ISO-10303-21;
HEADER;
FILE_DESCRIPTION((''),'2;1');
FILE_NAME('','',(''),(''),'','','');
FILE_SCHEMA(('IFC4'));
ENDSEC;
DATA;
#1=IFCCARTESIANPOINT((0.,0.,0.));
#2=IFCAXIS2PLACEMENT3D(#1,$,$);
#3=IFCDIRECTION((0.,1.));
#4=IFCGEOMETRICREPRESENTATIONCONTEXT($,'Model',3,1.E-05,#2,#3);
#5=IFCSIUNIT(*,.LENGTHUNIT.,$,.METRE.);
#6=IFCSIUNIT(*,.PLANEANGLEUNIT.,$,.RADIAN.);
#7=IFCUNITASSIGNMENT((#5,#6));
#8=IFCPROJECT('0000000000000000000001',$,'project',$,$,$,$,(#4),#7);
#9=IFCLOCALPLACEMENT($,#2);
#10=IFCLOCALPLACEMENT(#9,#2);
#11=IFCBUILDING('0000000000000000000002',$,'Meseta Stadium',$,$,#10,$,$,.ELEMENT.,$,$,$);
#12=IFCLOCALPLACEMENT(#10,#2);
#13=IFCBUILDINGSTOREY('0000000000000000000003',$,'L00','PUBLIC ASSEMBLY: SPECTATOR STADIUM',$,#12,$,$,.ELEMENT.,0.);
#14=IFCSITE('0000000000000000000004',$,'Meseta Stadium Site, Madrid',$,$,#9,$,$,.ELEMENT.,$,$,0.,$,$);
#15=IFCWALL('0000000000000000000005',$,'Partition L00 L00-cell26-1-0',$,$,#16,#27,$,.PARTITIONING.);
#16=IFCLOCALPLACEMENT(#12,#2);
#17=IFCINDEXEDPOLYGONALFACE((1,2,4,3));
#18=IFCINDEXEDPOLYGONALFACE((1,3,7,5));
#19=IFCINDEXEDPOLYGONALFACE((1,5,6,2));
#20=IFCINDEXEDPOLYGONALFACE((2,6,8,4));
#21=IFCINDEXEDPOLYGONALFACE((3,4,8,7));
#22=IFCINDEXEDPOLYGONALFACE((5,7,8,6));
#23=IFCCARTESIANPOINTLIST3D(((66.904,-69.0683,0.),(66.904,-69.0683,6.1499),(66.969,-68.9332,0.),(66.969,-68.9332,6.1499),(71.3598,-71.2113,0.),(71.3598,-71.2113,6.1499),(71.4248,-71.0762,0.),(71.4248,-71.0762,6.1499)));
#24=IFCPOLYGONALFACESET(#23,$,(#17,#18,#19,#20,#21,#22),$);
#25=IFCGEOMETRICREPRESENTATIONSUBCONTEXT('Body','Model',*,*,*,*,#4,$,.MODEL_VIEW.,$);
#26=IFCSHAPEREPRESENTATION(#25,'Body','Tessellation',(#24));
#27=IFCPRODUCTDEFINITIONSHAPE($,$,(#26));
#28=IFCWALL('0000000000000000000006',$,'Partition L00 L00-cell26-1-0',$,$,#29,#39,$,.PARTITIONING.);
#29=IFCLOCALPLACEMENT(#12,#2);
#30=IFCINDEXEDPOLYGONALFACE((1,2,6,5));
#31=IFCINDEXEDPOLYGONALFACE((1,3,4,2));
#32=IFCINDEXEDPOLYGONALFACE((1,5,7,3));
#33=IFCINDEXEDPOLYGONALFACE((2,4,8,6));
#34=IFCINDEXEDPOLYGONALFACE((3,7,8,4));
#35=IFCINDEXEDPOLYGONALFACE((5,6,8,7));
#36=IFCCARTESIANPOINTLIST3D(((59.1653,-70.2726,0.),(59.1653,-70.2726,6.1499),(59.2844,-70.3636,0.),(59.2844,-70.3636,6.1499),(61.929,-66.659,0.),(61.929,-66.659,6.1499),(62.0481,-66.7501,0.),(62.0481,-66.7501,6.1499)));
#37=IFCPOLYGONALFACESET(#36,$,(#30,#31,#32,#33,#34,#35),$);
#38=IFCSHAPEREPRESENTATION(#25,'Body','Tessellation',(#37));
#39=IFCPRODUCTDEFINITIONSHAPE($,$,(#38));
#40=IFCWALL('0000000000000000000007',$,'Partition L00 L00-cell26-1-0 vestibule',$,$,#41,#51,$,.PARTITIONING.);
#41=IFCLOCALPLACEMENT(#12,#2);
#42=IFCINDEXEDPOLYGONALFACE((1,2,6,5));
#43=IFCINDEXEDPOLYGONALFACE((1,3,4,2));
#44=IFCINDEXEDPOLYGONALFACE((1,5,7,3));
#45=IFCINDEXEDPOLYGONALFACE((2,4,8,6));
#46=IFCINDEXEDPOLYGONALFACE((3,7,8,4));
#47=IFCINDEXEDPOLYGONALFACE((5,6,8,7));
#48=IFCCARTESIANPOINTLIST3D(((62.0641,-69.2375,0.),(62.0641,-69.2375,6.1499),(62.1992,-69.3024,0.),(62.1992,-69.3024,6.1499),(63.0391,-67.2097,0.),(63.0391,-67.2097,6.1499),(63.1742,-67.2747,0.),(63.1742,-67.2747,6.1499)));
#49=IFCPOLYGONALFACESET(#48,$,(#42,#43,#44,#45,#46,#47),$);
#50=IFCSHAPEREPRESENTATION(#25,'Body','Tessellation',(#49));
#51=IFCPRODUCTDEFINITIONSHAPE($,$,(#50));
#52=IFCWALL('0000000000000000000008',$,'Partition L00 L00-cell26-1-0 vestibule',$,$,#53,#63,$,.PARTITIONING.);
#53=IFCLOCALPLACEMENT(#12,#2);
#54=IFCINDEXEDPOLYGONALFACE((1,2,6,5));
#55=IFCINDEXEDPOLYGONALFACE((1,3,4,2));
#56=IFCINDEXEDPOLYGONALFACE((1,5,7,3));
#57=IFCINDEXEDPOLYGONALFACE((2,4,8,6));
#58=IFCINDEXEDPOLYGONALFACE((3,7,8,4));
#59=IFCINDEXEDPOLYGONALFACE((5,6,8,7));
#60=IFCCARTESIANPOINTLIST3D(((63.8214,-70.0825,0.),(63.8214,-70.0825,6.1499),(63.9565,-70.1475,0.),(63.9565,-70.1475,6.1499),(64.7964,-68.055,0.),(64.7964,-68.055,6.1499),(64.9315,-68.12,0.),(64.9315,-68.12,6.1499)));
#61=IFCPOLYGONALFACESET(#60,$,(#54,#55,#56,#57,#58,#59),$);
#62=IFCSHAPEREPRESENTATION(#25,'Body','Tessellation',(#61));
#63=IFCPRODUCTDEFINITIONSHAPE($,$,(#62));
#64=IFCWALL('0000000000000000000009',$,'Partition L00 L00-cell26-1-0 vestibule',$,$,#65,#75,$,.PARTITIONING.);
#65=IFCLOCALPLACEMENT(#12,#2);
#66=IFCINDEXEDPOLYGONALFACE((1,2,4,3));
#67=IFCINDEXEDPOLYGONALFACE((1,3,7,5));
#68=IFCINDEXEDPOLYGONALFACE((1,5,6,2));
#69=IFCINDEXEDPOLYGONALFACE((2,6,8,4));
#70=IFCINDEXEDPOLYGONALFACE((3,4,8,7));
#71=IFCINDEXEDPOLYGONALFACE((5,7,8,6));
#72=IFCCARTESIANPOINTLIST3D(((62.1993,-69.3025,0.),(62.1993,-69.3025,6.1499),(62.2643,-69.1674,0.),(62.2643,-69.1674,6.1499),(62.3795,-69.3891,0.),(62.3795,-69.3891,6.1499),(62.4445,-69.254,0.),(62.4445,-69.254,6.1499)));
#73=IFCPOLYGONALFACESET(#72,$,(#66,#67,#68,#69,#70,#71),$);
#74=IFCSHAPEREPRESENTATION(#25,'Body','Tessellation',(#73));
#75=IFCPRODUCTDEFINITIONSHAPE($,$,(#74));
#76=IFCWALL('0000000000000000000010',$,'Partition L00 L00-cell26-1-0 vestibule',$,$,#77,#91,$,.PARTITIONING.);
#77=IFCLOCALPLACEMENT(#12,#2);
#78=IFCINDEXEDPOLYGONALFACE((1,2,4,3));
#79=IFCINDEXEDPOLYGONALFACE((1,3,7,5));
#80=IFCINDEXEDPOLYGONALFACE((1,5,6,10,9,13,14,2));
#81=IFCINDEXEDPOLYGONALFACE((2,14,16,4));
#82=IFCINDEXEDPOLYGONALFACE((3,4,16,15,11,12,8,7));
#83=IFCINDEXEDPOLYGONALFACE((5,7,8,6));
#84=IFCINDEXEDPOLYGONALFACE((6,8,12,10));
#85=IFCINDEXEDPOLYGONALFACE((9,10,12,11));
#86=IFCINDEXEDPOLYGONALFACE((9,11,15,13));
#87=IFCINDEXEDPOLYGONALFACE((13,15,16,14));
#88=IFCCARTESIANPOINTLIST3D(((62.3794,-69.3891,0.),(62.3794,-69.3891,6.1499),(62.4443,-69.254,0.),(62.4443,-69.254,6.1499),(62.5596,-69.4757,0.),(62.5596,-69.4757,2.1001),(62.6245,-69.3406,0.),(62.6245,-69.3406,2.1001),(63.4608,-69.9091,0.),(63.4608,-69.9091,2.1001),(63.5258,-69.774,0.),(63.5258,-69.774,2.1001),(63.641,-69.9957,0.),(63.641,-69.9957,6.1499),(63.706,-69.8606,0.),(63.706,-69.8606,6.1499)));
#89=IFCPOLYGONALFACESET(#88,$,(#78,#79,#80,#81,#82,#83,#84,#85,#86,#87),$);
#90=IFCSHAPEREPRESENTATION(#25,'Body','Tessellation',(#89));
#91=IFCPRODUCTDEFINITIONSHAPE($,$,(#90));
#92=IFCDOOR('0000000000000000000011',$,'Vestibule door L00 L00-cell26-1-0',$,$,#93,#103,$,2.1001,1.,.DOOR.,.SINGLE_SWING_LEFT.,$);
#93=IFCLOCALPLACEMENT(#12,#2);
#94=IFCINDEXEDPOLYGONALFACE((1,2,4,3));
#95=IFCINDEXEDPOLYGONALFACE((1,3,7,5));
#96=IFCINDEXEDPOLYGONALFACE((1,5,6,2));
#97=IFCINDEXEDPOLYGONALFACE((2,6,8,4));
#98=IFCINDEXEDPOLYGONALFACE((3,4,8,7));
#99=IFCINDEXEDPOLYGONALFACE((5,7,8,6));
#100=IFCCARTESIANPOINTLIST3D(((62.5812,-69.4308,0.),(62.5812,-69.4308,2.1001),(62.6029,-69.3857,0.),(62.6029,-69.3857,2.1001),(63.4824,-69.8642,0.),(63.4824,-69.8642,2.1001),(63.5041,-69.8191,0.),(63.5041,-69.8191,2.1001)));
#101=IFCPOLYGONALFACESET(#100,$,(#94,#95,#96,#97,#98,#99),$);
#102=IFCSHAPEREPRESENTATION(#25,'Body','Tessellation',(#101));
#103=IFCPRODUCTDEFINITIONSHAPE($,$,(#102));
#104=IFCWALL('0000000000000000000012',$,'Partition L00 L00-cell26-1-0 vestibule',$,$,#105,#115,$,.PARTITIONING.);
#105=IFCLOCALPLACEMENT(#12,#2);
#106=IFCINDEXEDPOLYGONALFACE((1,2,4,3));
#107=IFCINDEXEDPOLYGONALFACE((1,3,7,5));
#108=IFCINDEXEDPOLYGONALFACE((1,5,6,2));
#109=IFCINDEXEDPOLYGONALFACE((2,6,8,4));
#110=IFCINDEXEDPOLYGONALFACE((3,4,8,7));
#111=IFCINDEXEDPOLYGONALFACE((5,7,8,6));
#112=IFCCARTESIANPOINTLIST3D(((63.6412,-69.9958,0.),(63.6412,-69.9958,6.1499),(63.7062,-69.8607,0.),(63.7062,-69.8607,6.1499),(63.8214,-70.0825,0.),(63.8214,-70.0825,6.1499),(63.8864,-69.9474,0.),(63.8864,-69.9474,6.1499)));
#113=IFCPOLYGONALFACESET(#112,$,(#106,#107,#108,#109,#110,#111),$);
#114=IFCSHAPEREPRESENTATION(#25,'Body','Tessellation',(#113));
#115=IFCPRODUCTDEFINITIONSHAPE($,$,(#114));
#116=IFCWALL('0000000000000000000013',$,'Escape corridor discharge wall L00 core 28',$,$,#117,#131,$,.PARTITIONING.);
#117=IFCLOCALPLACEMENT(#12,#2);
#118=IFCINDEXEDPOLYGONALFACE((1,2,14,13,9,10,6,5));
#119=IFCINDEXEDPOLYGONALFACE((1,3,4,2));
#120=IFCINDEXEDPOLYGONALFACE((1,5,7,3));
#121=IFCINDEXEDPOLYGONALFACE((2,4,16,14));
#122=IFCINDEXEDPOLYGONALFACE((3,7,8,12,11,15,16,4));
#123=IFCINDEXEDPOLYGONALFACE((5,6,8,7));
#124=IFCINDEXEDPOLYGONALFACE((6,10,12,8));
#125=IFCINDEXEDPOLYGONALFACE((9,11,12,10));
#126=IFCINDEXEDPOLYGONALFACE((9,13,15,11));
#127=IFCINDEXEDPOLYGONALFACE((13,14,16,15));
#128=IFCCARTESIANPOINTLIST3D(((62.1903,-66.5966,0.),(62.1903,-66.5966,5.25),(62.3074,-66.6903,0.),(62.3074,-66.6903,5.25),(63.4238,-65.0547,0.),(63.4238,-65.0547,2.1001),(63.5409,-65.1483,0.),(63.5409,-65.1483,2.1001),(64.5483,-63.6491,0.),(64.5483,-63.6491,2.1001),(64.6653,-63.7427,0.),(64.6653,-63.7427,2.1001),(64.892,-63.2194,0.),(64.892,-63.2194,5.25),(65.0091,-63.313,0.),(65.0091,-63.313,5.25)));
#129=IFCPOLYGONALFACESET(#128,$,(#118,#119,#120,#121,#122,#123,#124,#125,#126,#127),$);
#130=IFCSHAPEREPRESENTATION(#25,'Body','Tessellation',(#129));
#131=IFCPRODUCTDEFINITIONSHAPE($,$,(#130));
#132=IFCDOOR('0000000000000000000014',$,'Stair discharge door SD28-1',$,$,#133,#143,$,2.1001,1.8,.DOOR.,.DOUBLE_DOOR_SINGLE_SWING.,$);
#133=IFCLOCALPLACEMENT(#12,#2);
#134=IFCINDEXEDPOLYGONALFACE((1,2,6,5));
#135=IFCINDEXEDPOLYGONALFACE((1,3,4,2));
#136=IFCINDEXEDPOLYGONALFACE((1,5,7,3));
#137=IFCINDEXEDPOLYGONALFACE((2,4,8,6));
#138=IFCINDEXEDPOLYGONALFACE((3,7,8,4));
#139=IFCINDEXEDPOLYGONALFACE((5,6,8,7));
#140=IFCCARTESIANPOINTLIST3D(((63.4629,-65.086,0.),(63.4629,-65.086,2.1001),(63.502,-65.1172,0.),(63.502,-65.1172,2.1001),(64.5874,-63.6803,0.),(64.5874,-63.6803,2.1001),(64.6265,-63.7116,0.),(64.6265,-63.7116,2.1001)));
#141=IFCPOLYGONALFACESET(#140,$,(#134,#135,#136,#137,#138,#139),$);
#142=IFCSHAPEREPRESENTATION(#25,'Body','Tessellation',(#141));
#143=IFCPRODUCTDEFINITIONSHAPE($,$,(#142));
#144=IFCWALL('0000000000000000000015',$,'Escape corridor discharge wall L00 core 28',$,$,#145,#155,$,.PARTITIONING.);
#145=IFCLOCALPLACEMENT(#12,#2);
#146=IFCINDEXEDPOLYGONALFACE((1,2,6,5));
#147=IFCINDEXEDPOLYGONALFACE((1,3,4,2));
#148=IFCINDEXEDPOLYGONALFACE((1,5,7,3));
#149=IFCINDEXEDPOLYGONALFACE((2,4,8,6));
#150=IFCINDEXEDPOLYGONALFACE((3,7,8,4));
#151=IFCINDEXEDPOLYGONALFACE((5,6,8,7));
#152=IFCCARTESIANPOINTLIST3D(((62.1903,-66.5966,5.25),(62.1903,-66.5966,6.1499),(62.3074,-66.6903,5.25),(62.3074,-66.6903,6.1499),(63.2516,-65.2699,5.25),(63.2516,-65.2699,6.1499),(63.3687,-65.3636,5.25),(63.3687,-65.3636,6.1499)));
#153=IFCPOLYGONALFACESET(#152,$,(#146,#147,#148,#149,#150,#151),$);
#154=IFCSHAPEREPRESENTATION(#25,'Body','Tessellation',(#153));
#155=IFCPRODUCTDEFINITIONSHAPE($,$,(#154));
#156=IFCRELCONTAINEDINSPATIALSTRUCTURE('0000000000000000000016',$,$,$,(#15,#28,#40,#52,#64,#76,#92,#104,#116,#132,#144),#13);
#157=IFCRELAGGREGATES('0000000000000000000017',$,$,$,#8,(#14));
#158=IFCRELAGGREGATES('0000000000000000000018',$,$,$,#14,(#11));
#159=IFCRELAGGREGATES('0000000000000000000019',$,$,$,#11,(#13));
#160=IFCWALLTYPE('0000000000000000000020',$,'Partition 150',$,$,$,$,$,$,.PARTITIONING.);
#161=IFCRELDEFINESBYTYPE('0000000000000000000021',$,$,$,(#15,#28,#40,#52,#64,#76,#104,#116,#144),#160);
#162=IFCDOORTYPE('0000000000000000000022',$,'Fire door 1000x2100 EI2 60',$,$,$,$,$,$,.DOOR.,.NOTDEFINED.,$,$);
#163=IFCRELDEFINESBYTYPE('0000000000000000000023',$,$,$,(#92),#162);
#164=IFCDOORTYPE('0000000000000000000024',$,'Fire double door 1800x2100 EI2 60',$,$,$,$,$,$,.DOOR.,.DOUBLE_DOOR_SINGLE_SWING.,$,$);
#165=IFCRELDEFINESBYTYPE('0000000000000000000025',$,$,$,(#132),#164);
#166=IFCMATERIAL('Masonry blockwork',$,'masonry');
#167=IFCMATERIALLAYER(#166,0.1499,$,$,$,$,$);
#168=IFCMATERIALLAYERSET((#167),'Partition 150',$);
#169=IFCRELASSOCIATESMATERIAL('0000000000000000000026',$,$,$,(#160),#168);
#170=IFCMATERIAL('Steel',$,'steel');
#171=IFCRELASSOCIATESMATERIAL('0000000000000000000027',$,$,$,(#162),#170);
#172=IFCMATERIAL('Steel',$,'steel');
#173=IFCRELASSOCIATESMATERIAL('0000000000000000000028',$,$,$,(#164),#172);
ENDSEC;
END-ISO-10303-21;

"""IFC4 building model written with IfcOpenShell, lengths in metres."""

from ifc_helpers import new_model, si_unit, direction, frame, frame_2d, origin, place, context, subcontext, project, spatial, rectangle, extrude, material, layer, layer_set, type_object, element, fill, save


model = new_model("IFC4")

# Units and contexts
model_context = context("Model", 3, precision=1e-05, world=origin(), true_north=direction((0.0, 1.0)))
body_context = subcontext(model_context, "Body", "Model", "MODEL_VIEW")
ifc_project = project(units=[si_unit("LENGTHUNIT", "METRE"), si_unit("PLANEANGLEUNIT", "RADIAN")], contexts=[model_context])

# Site, building, storey
site_placement = place(None, origin())
site = spatial("IfcSite", under=ifc_project, at=site_placement, Name="Meseta Stadium Site, Madrid", CompositionType="ELEMENT", RefElevation=0.0)
building_placement = place(site_placement, origin())
building = spatial("IfcBuilding", under=site, at=building_placement, Name="Meseta Stadium", CompositionType="ELEMENT")
storey_placement = place(building_placement, origin())
storey = spatial("IfcBuildingStorey", under=building, at=storey_placement, Name="L00", Description="PUBLIC ASSEMBLY: SPECTATOR STADIUM", CompositionType="ELEMENT", Elevation=0.0)

# Shared definitions
ifc_material_1 = material(Name="Masonry blockwork", Category="masonry")
ifc_layer = layer(ifc_material_1, 0.1499)
ifc_layer_set = layer_set([ifc_layer], Name="Partition 150")
wall_type = type_object("IfcWallType", Name="Partition 150", PredefinedType="PARTITIONING", material=ifc_layer_set)
ifc_material_2 = material(Name="Steel", Category="steel")
door_type_1 = type_object("IfcDoorType", Name="Fire door 1000x2100 EI2 60", OperationType="NOTDEFINED", PredefinedType="DOOR", material=ifc_material_2)

# Walls
wall_1_placement = place(storey_placement, frame((66.9365, -69.0007, 0.0), z_axis=(0.0, 0.0, 1.0), x_axis=(0.901185, -0.433434, 0.0)))
element("IfcWall", 1, at=wall_1_placement, inside=storey, type_object=wall_type, Name="Partition L00 L00-cell26-1-0", PredefinedType="PARTITIONING", context=body_context, shape_type="SweptSolid", body=[
    extrude(rectangle(XDim=4.9443, YDim=0.1499, at=frame_2d((2.4722, 0.0))), origin(), (0.0, 0.0, 1.0), 6.1499),
])
wall_2_placement = place(storey_placement, frame((59.2249, -70.3181, 0.0), z_axis=(0.0, 0.0, 1.0), x_axis=(0.607504, 0.794317, 0.0)))
element("IfcWall", 2, at=wall_2_placement, inside=storey, type_object=wall_type, Name="Partition L00 L00-cell26-1-0", PredefinedType="PARTITIONING", context=body_context, shape_type="SweptSolid", body=[
    extrude(rectangle(XDim=4.5493, YDim=0.1499, at=frame_2d((2.2747, 0.0))), origin(), (0.0, 0.0, 1.0), 6.1499),
])
wall_3_placement = place(storey_placement, frame((63.1067, -67.2422, 0.0), z_axis=(0.0, 0.0, 1.0), x_axis=(-0.433359, -0.901221, 0.0)))
element("IfcWall", 3, at=wall_3_placement, inside=storey, type_object=wall_type, Name="Partition L00 L00-cell26-1-0 vestibule", PredefinedType="PARTITIONING", context=body_context, shape_type="SweptSolid", body=[
    extrude(rectangle(XDim=2.25, YDim=0.1499, at=frame_2d((1.125, 0.0))), origin(), (0.0, 0.0, 1.0), 6.1499),
])
wall_4_placement = place(storey_placement, frame((64.864, -68.0874, 0.0), z_axis=(0.0, 0.0, 1.0), x_axis=(-0.433401, -0.901201, 0.0)))
element("IfcWall", 4, at=wall_4_placement, inside=storey, type_object=wall_type, Name="Partition L00 L00-cell26-1-0 vestibule", PredefinedType="PARTITIONING", context=body_context, shape_type="SweptSolid", body=[
    extrude(rectangle(XDim=2.2498, YDim=0.1499, at=frame_2d((1.125, 0.0))), origin(), (0.0, 0.0, 1.0), 6.1499),
])
wall_5_placement = place(storey_placement, frame((62.2317, -69.2349, 0.0), z_axis=(0.0, 0.0, 1.0), x_axis=(0.901161, -0.433485, 0.0)))
element("IfcWall", 5, at=wall_5_placement, inside=storey, type_object=wall_type, Name="Partition L00 L00-cell26-1-0 vestibule", PredefinedType="PARTITIONING", context=body_context, shape_type="SweptSolid", body=[
    extrude(rectangle(XDim=0.2, YDim=0.1499, at=frame_2d((0.1001, 0.0))), origin(), (0.0, 0.0, 1.0), 6.1499),
])

# Wall, opening, door
wall_6_placement = place(storey_placement, frame((62.4119, -69.3215, 0.0), z_axis=(0.0, 0.0, 1.0), x_axis=(0.901226, -0.433349, 0.0)))
wall_6 = element("IfcWall", 6, at=wall_6_placement, inside=storey, type_object=wall_type, Name="Partition L00 L00-cell26-1-0 vestibule", PredefinedType="PARTITIONING", context=body_context, shape_type="SweptSolid", body=[
    extrude(rectangle(XDim=1.3999, YDim=0.1499, at=frame_2d((0.7, 0.0))), origin(), (0.0, 0.0, 1.0), 6.1499),
])
opening_1_placement = place(wall_6_placement, frame((0.2, 0.0, 0.0)))
opening_1 = element("IfcOpeningElement", 7, at=opening_1_placement, cuts=wall_6, PredefinedType="OPENING", context=body_context, shape_type="SweptSolid", body=[
    extrude(rectangle(XDim=1.0, YDim=2.1001, at=frame_2d((0.5, 1.05))), frame((0.0, 0.085, 0.0), z_axis=(0.0, -1.0, 0.0), x_axis=(1.0, 0.0, 0.0)), (0.0, 0.0, 1.0), 0.1699),
])
door_1_placement = place(opening_1_placement, origin())
door_1 = element("IfcDoor", 8, at=door_1_placement, inside=storey, type_object=door_type_1, Name="Vestibule door L00 L00-cell26-1-0", OperationType="SINGLE_SWING_LEFT", OverallHeight=2.1001, OverallWidth=1.0, PredefinedType="DOOR", context=body_context, shape_type="SweptSolid", body=[
    extrude(rectangle(XDim=1.0, YDim=2.1001, at=frame_2d((0.5, 1.05))), frame((0.0, 0.0249, 0.0), z_axis=(0.0, -1.0, 0.0), x_axis=(1.0, 0.0, 0.0)), (0.0, 0.0, 1.0), 0.05),
])
fill(opening_1, door_1)

# Wall
wall_7_placement = place(storey_placement, frame((63.6736, -69.9282, 0.0), z_axis=(0.0, 0.0, 1.0), x_axis=(0.901161, -0.433485, 0.0)))
element("IfcWall", 9, at=wall_7_placement, inside=storey, type_object=wall_type, Name="Partition L00 L00-cell26-1-0 vestibule", PredefinedType="PARTITIONING", context=body_context, shape_type="SweptSolid", body=[
    extrude(rectangle(XDim=0.2, YDim=0.1499, at=frame_2d((0.1001, 0.0))), origin(), (0.0, 0.0, 1.0), 6.1499),
])

# Wall, opening, door
wall_8_placement = place(storey_placement, frame((62.2488, -66.6436, 0.0), z_axis=(0.0, 0.0, 1.0), x_axis=(0.624681, 0.78088, 0.0)))
wall_8 = element("IfcWall", 10, at=wall_8_placement, inside=storey, type_object=wall_type, Name="Escape corridor discharge wall L00 core 28", PredefinedType="PARTITIONING", context=body_context, shape_type="SweptSolid", body=[
    extrude(rectangle(XDim=4.325, YDim=0.1499, at=frame_2d((2.1626, 0.0))), origin(), (0.0, 0.0, 1.0), 5.25),
])
opening_2_placement = place(wall_8_placement, frame((1.9749, 0.0, 0.0)))
opening_2 = element("IfcOpeningElement", 11, at=opening_2_placement, cuts=wall_8, PredefinedType="OPENING", context=body_context, shape_type="SweptSolid", body=[
    extrude(rectangle(XDim=1.8, YDim=2.1001, at=frame_2d((0.8999, 1.05))), frame((0.0, 0.085, 0.0), z_axis=(0.0, -1.0, 0.0), x_axis=(1.0, 0.0, 0.0)), (0.0, 0.0, 1.0), 0.1699),
])
ifc_material_3 = material(Name="Steel", Category="steel")
door_type_2 = type_object("IfcDoorType", Name="Fire double door 1800x2100 EI2 60", OperationType="DOUBLE_DOOR_SINGLE_SWING", PredefinedType="DOOR", material=ifc_material_3)
door_2_placement = place(opening_2_placement, origin())
door_2 = element("IfcDoor", 12, at=door_2_placement, inside=storey, type_object=door_type_2, Name="Stair discharge door SD28-1", OperationType="DOUBLE_DOOR_SINGLE_SWING", OverallHeight=2.1001, OverallWidth=1.8, PredefinedType="DOOR", context=body_context, shape_type="SweptSolid", body=[
    extrude(rectangle(XDim=1.8, YDim=2.1001, at=frame_2d((0.8999, 1.05))), frame((0.0, 0.0249, 0.0), z_axis=(0.0, -1.0, 0.0), x_axis=(1.0, 0.0, 0.0)), (0.0, 0.0, 1.0), 0.05),
])
fill(opening_2, door_2)

# Wall
wall_9_placement = place(storey_placement, frame((62.2488, -66.6436, 5.25), z_axis=(0.0, 0.0, 1.0), x_axis=(0.624678, 0.780883, 0.0)))
element("IfcWall", 13, at=wall_9_placement, inside=storey, type_object=wall_type, Name="Escape corridor discharge wall L00 core 28", PredefinedType="PARTITIONING", context=body_context, shape_type="SweptSolid", body=[
    extrude(rectangle(XDim=1.699, YDim=0.1499, at=frame_2d((0.8496, 0.0))), origin(), (0.0, 0.0, 1.0), 0.8999),
])

save(model, "model.ifc")
